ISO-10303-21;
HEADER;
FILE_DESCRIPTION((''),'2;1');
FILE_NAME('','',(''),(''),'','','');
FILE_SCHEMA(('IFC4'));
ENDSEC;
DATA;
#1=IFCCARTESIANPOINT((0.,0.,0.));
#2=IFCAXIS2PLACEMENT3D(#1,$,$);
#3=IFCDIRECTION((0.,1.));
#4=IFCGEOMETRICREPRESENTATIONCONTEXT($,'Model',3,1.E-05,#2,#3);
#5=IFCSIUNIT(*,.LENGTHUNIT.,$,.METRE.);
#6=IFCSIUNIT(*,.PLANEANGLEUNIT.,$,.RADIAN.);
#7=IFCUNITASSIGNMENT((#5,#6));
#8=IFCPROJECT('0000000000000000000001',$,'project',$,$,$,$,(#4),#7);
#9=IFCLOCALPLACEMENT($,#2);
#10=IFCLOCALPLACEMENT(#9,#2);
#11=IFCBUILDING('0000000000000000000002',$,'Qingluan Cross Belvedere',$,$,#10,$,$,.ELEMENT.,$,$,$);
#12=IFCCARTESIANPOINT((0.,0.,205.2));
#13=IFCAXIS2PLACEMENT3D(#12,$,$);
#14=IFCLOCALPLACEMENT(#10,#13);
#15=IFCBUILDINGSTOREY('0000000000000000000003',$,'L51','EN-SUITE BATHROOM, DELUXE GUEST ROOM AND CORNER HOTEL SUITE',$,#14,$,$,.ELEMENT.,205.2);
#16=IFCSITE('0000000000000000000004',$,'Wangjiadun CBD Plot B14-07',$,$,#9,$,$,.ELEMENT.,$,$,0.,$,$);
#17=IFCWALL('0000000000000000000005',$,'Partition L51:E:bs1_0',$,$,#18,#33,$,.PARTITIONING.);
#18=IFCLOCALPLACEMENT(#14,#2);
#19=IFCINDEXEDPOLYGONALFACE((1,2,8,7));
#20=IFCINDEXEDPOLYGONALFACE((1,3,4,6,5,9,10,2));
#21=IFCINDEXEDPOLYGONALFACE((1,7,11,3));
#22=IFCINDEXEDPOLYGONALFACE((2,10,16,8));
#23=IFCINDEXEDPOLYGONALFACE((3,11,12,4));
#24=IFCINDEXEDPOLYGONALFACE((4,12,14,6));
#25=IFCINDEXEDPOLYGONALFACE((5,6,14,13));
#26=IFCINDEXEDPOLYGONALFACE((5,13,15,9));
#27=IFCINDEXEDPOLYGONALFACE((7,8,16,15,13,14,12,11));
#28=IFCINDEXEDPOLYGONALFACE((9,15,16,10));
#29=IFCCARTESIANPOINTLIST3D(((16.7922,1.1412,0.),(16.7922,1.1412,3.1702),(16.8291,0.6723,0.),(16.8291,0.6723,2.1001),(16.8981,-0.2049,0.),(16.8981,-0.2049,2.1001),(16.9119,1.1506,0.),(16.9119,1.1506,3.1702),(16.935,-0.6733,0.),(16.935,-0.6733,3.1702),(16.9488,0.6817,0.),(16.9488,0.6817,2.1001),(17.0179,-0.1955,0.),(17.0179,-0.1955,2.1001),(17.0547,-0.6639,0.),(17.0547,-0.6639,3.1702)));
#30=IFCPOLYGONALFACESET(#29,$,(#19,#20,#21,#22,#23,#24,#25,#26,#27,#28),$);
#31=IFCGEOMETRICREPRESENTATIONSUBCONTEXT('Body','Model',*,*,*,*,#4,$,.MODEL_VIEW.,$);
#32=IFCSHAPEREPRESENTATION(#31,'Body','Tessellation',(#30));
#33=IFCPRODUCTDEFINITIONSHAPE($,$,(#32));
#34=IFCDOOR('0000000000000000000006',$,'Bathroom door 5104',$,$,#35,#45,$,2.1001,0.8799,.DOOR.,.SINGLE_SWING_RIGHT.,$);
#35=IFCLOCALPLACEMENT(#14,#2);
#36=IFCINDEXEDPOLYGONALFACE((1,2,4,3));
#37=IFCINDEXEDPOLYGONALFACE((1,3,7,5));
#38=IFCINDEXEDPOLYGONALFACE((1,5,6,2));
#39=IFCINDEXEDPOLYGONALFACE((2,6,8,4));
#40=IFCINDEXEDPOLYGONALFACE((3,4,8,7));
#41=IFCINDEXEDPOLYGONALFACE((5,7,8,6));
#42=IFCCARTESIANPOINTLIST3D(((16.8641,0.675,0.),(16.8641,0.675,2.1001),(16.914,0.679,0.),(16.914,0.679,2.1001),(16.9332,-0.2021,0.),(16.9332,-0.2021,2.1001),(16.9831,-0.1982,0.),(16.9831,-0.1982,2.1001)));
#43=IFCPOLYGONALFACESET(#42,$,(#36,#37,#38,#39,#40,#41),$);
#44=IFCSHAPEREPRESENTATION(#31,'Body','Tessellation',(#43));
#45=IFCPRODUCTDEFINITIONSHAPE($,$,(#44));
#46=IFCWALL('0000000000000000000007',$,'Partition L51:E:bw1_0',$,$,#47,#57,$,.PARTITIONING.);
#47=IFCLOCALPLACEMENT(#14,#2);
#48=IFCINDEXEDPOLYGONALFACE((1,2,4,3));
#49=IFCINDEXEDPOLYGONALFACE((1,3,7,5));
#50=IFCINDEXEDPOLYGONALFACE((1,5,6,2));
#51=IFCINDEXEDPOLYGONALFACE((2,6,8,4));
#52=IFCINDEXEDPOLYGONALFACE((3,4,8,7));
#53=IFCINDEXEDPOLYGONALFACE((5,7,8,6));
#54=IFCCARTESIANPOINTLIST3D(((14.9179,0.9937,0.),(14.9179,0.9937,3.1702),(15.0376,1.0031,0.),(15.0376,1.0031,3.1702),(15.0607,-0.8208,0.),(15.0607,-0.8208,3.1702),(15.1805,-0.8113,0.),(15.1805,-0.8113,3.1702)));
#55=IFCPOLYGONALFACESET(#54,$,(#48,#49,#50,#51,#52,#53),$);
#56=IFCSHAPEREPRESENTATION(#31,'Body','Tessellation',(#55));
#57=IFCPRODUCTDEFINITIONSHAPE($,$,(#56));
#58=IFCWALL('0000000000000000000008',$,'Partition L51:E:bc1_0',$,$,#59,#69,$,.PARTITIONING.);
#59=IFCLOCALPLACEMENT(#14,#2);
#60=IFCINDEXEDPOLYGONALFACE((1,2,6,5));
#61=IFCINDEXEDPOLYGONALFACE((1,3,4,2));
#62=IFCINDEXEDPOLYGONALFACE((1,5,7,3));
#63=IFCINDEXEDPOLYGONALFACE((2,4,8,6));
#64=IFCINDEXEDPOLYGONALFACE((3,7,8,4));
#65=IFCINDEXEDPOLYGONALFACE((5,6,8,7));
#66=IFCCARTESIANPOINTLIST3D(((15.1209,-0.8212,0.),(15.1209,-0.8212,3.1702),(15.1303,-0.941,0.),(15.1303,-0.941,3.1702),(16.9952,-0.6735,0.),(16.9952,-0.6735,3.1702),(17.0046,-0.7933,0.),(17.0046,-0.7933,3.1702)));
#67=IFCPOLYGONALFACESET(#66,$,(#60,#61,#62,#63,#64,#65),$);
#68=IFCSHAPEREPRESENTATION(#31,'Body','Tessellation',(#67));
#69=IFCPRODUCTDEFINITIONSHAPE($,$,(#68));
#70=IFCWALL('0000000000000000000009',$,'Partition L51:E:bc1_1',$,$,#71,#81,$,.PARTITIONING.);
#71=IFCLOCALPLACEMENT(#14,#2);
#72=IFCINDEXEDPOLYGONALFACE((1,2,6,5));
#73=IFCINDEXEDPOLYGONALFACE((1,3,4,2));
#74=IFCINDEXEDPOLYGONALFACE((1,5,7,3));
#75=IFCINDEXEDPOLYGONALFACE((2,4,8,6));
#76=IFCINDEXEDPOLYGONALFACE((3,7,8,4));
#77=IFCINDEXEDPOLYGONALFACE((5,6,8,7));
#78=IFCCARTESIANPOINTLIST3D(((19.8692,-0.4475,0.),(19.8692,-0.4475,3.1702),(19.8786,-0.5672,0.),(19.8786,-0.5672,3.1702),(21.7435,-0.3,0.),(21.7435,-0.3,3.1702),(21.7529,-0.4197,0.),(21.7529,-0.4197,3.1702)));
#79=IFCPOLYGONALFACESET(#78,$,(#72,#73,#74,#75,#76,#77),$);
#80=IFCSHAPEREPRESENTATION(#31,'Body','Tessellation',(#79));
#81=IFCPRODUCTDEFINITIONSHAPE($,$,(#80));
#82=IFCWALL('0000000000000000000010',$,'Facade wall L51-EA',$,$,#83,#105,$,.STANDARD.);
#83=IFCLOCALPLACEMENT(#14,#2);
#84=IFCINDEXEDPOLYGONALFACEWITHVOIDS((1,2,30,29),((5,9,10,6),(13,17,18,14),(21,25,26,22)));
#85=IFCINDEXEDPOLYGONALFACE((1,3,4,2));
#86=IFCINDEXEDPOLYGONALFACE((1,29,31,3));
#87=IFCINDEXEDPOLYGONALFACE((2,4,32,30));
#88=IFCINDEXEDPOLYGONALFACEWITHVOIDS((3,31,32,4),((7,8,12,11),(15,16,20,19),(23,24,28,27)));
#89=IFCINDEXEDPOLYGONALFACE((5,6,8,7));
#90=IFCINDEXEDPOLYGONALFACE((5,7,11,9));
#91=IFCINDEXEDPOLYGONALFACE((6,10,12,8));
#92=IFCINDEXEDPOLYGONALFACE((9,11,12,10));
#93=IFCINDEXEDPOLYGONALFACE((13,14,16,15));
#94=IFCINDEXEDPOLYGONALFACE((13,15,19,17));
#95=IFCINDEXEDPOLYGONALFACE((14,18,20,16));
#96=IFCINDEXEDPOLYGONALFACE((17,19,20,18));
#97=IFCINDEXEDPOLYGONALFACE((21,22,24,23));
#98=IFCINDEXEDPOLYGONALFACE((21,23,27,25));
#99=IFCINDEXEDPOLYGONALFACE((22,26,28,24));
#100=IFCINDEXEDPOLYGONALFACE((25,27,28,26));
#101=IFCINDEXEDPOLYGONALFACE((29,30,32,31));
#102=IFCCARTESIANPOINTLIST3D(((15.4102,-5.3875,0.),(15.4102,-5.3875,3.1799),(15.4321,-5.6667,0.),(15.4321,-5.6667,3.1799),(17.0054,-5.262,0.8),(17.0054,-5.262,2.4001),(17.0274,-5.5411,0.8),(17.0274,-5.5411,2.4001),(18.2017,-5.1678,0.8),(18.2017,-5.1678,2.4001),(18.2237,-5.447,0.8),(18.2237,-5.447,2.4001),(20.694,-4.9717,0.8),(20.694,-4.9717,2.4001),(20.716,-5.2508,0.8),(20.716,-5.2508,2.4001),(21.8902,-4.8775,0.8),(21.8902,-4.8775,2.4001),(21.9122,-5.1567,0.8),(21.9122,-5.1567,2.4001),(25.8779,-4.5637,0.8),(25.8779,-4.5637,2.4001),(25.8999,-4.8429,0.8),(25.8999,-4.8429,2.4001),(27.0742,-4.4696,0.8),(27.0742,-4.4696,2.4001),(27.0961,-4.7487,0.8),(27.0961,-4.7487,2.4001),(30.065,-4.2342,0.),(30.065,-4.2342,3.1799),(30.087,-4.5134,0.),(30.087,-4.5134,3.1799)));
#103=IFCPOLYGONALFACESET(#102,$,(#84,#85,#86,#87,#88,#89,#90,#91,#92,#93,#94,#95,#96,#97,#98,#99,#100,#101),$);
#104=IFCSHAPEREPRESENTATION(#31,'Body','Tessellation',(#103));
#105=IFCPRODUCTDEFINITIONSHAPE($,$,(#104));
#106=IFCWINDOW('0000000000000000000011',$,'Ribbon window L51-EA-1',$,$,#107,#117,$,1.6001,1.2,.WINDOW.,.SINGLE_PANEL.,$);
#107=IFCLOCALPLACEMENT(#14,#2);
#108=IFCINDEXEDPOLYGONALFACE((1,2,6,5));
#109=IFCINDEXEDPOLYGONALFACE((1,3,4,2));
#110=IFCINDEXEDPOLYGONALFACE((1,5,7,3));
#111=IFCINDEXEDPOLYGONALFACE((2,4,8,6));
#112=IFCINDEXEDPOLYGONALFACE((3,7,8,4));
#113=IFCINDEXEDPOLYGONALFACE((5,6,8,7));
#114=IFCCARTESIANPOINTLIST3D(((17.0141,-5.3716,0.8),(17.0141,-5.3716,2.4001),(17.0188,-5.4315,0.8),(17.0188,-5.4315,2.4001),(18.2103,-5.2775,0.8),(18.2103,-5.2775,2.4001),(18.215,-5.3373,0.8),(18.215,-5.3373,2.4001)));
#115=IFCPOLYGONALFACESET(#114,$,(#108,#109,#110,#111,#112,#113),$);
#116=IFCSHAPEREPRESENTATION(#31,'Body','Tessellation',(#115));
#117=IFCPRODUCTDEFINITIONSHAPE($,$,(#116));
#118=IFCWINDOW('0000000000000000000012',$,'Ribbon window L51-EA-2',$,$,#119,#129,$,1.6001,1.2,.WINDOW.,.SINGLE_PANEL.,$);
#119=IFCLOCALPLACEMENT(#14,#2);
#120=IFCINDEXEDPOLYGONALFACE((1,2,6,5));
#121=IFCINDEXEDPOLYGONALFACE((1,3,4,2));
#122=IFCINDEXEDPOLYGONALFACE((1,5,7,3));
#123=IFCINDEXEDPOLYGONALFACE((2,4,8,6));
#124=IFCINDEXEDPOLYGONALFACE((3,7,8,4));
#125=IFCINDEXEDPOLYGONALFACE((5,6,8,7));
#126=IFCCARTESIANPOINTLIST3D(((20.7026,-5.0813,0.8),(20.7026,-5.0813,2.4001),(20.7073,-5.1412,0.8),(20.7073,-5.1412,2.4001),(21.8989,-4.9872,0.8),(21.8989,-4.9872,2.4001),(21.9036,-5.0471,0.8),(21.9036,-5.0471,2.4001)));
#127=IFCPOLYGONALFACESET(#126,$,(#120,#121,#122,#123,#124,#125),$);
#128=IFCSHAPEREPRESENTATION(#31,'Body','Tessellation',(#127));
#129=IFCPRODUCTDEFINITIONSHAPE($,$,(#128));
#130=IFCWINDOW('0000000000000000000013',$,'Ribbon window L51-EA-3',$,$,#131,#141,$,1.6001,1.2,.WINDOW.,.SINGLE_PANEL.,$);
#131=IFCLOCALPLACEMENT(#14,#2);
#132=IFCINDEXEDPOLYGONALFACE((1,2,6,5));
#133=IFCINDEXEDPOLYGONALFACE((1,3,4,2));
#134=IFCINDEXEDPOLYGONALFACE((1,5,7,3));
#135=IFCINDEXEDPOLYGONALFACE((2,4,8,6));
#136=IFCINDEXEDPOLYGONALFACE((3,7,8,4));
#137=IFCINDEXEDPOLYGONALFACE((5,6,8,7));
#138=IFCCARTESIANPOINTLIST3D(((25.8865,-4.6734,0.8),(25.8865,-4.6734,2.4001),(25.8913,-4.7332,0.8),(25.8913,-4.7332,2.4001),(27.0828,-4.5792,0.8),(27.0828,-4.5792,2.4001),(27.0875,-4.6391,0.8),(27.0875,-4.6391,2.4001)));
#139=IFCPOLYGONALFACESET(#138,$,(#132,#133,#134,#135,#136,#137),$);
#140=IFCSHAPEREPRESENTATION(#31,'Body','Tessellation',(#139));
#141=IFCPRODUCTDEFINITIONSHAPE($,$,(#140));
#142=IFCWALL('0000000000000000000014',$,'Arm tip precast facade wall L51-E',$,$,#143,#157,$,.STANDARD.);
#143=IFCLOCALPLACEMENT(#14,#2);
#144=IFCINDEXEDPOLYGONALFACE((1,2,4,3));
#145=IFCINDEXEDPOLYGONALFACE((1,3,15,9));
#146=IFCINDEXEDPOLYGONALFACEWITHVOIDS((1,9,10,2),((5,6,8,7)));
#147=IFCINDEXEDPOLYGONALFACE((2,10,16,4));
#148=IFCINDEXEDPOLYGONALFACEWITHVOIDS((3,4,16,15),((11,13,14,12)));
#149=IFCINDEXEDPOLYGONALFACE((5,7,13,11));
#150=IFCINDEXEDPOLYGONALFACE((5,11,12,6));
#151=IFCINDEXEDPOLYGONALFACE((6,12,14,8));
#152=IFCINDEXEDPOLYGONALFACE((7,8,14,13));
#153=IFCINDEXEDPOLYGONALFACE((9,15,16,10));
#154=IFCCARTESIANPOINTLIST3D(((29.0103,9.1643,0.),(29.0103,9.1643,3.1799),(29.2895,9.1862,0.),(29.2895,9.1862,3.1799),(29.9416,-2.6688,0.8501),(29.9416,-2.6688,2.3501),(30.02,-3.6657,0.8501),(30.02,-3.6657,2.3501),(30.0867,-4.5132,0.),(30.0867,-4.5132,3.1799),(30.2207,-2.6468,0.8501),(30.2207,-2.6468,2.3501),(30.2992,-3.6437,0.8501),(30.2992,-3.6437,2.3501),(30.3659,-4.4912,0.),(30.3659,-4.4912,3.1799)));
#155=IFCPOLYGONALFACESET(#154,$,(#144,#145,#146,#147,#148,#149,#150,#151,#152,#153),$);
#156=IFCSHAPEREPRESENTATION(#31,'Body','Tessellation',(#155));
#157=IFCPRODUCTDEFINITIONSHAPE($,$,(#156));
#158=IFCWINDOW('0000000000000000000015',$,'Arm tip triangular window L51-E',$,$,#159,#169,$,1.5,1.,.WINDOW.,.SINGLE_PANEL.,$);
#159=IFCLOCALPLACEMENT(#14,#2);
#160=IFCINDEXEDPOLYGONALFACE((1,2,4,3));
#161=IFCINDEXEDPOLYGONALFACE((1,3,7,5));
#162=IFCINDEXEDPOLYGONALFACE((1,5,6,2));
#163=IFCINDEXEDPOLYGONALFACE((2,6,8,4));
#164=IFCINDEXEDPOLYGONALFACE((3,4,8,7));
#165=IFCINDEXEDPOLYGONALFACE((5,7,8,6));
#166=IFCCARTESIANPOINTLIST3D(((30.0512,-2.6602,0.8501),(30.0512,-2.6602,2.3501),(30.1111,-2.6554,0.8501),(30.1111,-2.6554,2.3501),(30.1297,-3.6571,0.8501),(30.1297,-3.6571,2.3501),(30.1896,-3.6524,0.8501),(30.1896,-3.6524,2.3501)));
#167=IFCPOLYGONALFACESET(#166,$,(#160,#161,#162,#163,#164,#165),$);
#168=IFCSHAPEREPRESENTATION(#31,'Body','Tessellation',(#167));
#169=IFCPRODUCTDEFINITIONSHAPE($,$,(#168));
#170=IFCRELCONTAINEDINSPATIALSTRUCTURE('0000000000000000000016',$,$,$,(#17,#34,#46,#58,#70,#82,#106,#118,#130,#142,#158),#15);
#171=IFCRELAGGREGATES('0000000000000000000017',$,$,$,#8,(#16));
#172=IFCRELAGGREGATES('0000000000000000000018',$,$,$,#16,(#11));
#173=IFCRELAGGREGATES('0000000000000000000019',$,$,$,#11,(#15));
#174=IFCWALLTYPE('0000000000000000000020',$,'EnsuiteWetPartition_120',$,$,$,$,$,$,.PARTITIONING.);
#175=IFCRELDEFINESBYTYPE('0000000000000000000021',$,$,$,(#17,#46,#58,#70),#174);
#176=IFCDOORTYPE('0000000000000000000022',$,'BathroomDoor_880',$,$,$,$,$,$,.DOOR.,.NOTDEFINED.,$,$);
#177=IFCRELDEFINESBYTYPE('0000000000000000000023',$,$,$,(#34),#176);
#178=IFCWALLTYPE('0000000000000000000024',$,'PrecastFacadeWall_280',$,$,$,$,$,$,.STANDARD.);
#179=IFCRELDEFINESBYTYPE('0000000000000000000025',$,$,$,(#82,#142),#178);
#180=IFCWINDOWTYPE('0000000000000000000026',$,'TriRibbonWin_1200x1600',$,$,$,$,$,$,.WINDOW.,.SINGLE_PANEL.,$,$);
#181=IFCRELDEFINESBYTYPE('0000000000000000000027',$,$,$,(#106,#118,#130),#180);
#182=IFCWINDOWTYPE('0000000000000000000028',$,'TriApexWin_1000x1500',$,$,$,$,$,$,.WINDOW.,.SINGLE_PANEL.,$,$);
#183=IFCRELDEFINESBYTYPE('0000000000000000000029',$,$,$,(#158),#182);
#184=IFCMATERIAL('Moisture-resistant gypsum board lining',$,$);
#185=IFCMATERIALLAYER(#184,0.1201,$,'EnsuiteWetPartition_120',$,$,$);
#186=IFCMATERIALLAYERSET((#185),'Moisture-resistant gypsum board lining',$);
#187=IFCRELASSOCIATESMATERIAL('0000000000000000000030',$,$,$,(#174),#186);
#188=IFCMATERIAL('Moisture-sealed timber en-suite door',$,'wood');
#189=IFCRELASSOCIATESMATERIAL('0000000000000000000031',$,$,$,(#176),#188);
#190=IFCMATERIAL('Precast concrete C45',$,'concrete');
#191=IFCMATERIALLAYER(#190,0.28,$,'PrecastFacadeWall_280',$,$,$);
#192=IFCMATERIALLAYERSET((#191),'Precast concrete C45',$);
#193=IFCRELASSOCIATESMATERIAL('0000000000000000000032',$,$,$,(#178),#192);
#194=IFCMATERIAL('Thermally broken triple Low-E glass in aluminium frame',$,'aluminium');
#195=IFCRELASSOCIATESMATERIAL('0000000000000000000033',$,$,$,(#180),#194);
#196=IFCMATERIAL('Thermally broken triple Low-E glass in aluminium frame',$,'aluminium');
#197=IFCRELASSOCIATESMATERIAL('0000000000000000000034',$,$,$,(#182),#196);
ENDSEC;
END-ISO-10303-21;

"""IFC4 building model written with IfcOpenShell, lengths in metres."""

from ifc_helpers import new_model, si_unit, direction, frame, frame_2d, origin, place, context, subcontext, project, spatial, rectangle, extrude, material, layer, layer_set, type_object, element, fill, save


model = new_model("IFC4")

# Units and contexts
model_context = context("Model", 3, precision=1e-05, world=origin(), true_north=direction((0.0, 1.0)))
body_context = subcontext(model_context, "Body", "Model", "MODEL_VIEW")
ifc_project = project(units=[si_unit("LENGTHUNIT", "METRE"), si_unit("PLANEANGLEUNIT", "RADIAN")], contexts=[model_context])

# Site, building, storey
site_placement = place(None, origin())
site = spatial("IfcSite", under=ifc_project, at=site_placement, Name="Wangjiadun CBD Plot B14-07", CompositionType="ELEMENT", RefElevation=0.0)
building_placement = place(site_placement, origin())
building = spatial("IfcBuilding", under=site, at=building_placement, Name="Qingluan Cross Belvedere", CompositionType="ELEMENT")
storey_placement = place(building_placement, frame((0.0, 0.0, 205.2)))
storey = spatial("IfcBuildingStorey", under=building, at=storey_placement, Name="L51", Description="EN-SUITE BATHROOM, DELUXE GUEST ROOM AND CORNER HOTEL SUITE", CompositionType="ELEMENT", Elevation=205.2)

# Wall, opening, door
ifc_material_1 = material(Name="Moisture-resistant gypsum board lining")
ifc_layer_1 = layer(ifc_material_1, 0.1201, Name="EnsuiteWetPartition_120")
ifc_layer_set_1 = layer_set([ifc_layer_1], Name="Moisture-resistant gypsum board lining")
wall_type_1 = type_object("IfcWallType", Name="EnsuiteWetPartition_120", PredefinedType="PARTITIONING", material=ifc_layer_set_1)
wall_1_placement = place(storey_placement, frame((16.9949, -0.6687, 0.0), z_axis=(0.0, 0.0, 1.0), x_axis=(-0.078471, 0.996916, 0.0)))
wall_1 = element("IfcWall", 1, at=wall_1_placement, inside=storey, type_object=wall_type_1, Name="Partition L51:E:bs1_0", PredefinedType="PARTITIONING", context=body_context, shape_type="SweptSolid", body=[
    extrude(rectangle(XDim=1.8201, YDim=0.1201, at=frame_2d((0.9102, 0.0))), origin(), (0.0, 0.0, 1.0), 3.1702),
])
opening_1_placement = place(wall_1_placement, frame((0.47, 0.0, 0.0)))
opening_1 = element("IfcOpeningElement", 2, at=opening_1_placement, cuts=wall_1, PredefinedType="OPENING", context=body_context, shape_type="SweptSolid", body=[
    extrude(rectangle(XDim=0.8799, YDim=2.1001, at=frame_2d((0.4399, 1.05))), frame((0.0, 0.0701, 0.0), z_axis=(0.0, -1.0, 0.0), x_axis=(1.0, 0.0, 0.0)), (0.0, 0.0, 1.0), 0.1401),
])
ifc_material_2 = material(Name="Moisture-sealed timber en-suite door", Category="wood")
door_type_1 = type_object("IfcDoorType", Name="BathroomDoor_880", OperationType="NOTDEFINED", PredefinedType="DOOR", material=ifc_material_2)
door_1_placement = place(opening_1_placement, origin())
door_1 = element("IfcDoor", 3, at=door_1_placement, inside=storey, type_object=door_type_1, Name="Bathroom door 5104", OperationType="SINGLE_SWING_RIGHT", OverallHeight=2.1001, OverallWidth=0.8799, PredefinedType="DOOR", context=body_context, shape_type="SweptSolid", body=[
    extrude(rectangle(XDim=0.8799, YDim=2.1001, at=frame_2d((0.4399, 1.05))), frame((0.0, 0.0249, 0.0), z_axis=(0.0, -1.0, 0.0), x_axis=(1.0, 0.0, 0.0)), (0.0, 0.0, 1.0), 0.05),
])
fill(opening_1, door_1)

# Walls
wall_2_placement = place(storey_placement, frame((15.1206, -0.8162, 0.0), z_axis=(0.0, 0.0, 1.0), x_axis=(-0.078471, 0.996916, 0.0)))
element("IfcWall", 4, at=wall_2_placement, inside=storey, type_object=wall_type_1, Name="Partition L51:E:bw1_0", PredefinedType="PARTITIONING", context=body_context, shape_type="SweptSolid", body=[
    extrude(rectangle(XDim=1.8201, YDim=0.1201, at=frame_2d((0.9102, 0.0))), origin(), (0.0, 0.0, 1.0), 3.1702),
])
for number, where, z_axis, x_axis, name in (
    (5, (15.1257, -0.8811, 0.0), (0.0, 0.0, 1.0), (0.996909, 0.078563, 0.0), "Partition L51:E:bc1_0"),
    (6, (19.874, -0.5073, 0.0), (0.0, 0.0, 1.0), (0.996919, 0.078434, 0.0), "Partition L51:E:bc1_1"),
):
    element("IfcWall", number, at=place(storey_placement, frame(where, z_axis=z_axis, x_axis=x_axis)), inside=storey, type_object=wall_type_1, Name=name, PredefinedType="PARTITIONING", context=body_context, shape_type="SweptSolid", body=[
        extrude(rectangle(XDim=1.8801, YDim=0.1201, at=frame_2d((0.9399, 0.0))), origin(), (0.0, 0.0, 1.0), 3.1702),
    ])

# Wall, openings, windows
ifc_material_3 = material(Name="Precast concrete C45", Category="concrete")
ifc_layer_2 = layer(ifc_material_3, 0.28, Name="PrecastFacadeWall_280")
ifc_layer_set_2 = layer_set([ifc_layer_2], Name="Precast concrete C45")
wall_type_2 = type_object("IfcWallType", Name="PrecastFacadeWall_280", PredefinedType="STANDARD", material=ifc_layer_set_2)
wall_3_placement = place(storey_placement, frame((15.4211, -5.5271, 0.0), z_axis=(0.0, 0.0, 1.0), x_axis=(0.996918, 0.078457, 0.0)))
wall_3 = element("IfcWall", 7, at=wall_3_placement, inside=storey, type_object=wall_type_2, Name="Facade wall L51-EA", PredefinedType="STANDARD", context=body_context, shape_type="SweptSolid", body=[
    extrude(rectangle(XDim=14.7002, YDim=0.28, at=frame_2d((7.3501, 0.0))), origin(), (0.0, 0.0, 1.0), 3.1799),
])
opening_2_placement = place(wall_3_placement, frame((1.6001, 0.0, 0.8)))
opening_2 = element("IfcOpeningElement", 8, at=opening_2_placement, cuts=wall_3, PredefinedType="OPENING", context=body_context, shape_type="SweptSolid", body=[
    extrude(rectangle(XDim=1.2, YDim=1.6001, at=frame_2d((0.6001, 0.8))), frame((0.0, 0.1499, 0.0), z_axis=(0.0, -1.0, 0.0), x_axis=(1.0, 0.0, 0.0)), (0.0, 0.0, 1.0), 0.3),
])
opening_3_placement = place(wall_3_placement, frame((5.3, 0.0, 0.8)))
opening_3 = element("IfcOpeningElement", 9, at=opening_3_placement, cuts=wall_3, PredefinedType="OPENING", context=body_context, shape_type="SweptSolid", body=[
    extrude(rectangle(XDim=1.2, YDim=1.6001, at=frame_2d((0.6001, 0.8))), frame((0.0, 0.1499, 0.0), z_axis=(0.0, -1.0, 0.0), x_axis=(1.0, 0.0, 0.0)), (0.0, 0.0, 1.0), 0.3),
])
opening_4_placement = place(wall_3_placement, frame((10.5, 0.0, 0.8)))
opening_4 = element("IfcOpeningElement", 10, at=opening_4_placement, cuts=wall_3, PredefinedType="OPENING", context=body_context, shape_type="SweptSolid", body=[
    extrude(rectangle(XDim=1.2, YDim=1.6001, at=frame_2d((0.6001, 0.8))), frame((0.0, 0.1499, 0.0), z_axis=(0.0, -1.0, 0.0), x_axis=(1.0, 0.0, 0.0)), (0.0, 0.0, 1.0), 0.3),
])
ifc_material_4 = material(Name="Thermally broken triple Low-E glass in aluminium frame", Category="aluminium")
window_type_1 = type_object("IfcWindowType", Name="TriRibbonWin_1200x1600", PartitioningType="SINGLE_PANEL", PredefinedType="WINDOW", material=ifc_material_4)
window_1_placement = place(opening_2_placement, origin())
window_1 = element("IfcWindow", 11, at=window_1_placement, inside=storey, type_object=window_type_1, Name="Ribbon window L51-EA-1", OverallHeight=1.6001, OverallWidth=1.2, PartitioningType="SINGLE_PANEL", PredefinedType="WINDOW", context=body_context, shape_type="SweptSolid", body=[
    extrude(rectangle(XDim=1.2, YDim=1.6001, at=frame_2d((0.6001, 0.8))), frame((0.0, 0.03, 0.0), z_axis=(0.0, -1.0, 0.0), x_axis=(1.0, 0.0, 0.0)), (0.0, 0.0, 1.0), 0.0601),
])
fill(opening_2, window_1)
window_2_placement = place(opening_3_placement, origin())
window_2 = element("IfcWindow", 12, at=window_2_placement, inside=storey, type_object=window_type_1, Name="Ribbon window L51-EA-2", OverallHeight=1.6001, OverallWidth=1.2, PartitioningType="SINGLE_PANEL", PredefinedType="WINDOW", context=body_context, shape_type="SweptSolid", body=[
    extrude(rectangle(XDim=1.2, YDim=1.6001, at=frame_2d((0.6001, 0.8))), frame((0.0, 0.03, 0.0), z_axis=(0.0, -1.0, 0.0), x_axis=(1.0, 0.0, 0.0)), (0.0, 0.0, 1.0), 0.0601),
])
fill(opening_3, window_2)
window_3_placement = place(opening_4_placement, origin())
window_3 = element("IfcWindow", 13, at=window_3_placement, inside=storey, type_object=window_type_1, Name="Ribbon window L51-EA-3", OverallHeight=1.6001, OverallWidth=1.2, PartitioningType="SINGLE_PANEL", PredefinedType="WINDOW", context=body_context, shape_type="SweptSolid", body=[
    extrude(rectangle(XDim=1.2, YDim=1.6001, at=frame_2d((0.6001, 0.8))), frame((0.0, 0.03, 0.0), z_axis=(0.0, -1.0, 0.0), x_axis=(1.0, 0.0, 0.0)), (0.0, 0.0, 1.0), 0.0601),
])
fill(opening_4, window_3)

# Wall, opening, window
wall_4_placement = place(storey_placement, frame((30.2263, -4.5022, 0.0), z_axis=(0.0, 0.0, 1.0), x_axis=(-0.078457, 0.996917, 0.0)))
wall_4 = element("IfcWall", 14, at=wall_4_placement, inside=storey, type_object=wall_type_2, Name="Arm tip precast facade wall L51-E", PredefinedType="STANDARD", context=body_context, shape_type="SweptSolid", body=[
    extrude(rectangle(XDim=13.7197, YDim=0.28, at=frame_2d((6.8599, 0.0))), origin(), (0.0, 0.0, 1.0), 3.1799),
])
opening_5_placement = place(wall_4_placement, frame((0.8501, 0.0, 0.8501)))
opening_5 = element("IfcOpeningElement", 15, at=opening_5_placement, cuts=wall_4, PredefinedType="OPENING", context=body_context, shape_type="SweptSolid", body=[
    extrude(rectangle(XDim=1.0, YDim=1.5, at=frame_2d((0.5, 0.75))), frame((0.0, 0.1499, 0.0), z_axis=(0.0, -1.0, 0.0), x_axis=(1.0, 0.0, 0.0)), (0.0, 0.0, 1.0), 0.3),
])
ifc_material_5 = material(Name="Thermally broken triple Low-E glass in aluminium frame", Category="aluminium")
window_type_2 = type_object("IfcWindowType", Name="TriApexWin_1000x1500", PartitioningType="SINGLE_PANEL", PredefinedType="WINDOW", material=ifc_material_5)
window_4_placement = place(opening_5_placement, origin())
window_4 = element("IfcWindow", 16, at=window_4_placement, inside=storey, type_object=window_type_2, Name="Arm tip triangular window L51-E", OverallHeight=1.5, OverallWidth=1.0, PartitioningType="SINGLE_PANEL", PredefinedType="WINDOW", context=body_context, shape_type="SweptSolid", body=[
    extrude(rectangle(XDim=1.0, YDim=1.5, at=frame_2d((0.5, 0.75))), frame((0.0, 0.03, 0.0), z_axis=(0.0, -1.0, 0.0), x_axis=(1.0, 0.0, 0.0)), (0.0, 0.0, 1.0), 0.0601),
])
fill(opening_5, window_4)

save(model, "model.ifc")
